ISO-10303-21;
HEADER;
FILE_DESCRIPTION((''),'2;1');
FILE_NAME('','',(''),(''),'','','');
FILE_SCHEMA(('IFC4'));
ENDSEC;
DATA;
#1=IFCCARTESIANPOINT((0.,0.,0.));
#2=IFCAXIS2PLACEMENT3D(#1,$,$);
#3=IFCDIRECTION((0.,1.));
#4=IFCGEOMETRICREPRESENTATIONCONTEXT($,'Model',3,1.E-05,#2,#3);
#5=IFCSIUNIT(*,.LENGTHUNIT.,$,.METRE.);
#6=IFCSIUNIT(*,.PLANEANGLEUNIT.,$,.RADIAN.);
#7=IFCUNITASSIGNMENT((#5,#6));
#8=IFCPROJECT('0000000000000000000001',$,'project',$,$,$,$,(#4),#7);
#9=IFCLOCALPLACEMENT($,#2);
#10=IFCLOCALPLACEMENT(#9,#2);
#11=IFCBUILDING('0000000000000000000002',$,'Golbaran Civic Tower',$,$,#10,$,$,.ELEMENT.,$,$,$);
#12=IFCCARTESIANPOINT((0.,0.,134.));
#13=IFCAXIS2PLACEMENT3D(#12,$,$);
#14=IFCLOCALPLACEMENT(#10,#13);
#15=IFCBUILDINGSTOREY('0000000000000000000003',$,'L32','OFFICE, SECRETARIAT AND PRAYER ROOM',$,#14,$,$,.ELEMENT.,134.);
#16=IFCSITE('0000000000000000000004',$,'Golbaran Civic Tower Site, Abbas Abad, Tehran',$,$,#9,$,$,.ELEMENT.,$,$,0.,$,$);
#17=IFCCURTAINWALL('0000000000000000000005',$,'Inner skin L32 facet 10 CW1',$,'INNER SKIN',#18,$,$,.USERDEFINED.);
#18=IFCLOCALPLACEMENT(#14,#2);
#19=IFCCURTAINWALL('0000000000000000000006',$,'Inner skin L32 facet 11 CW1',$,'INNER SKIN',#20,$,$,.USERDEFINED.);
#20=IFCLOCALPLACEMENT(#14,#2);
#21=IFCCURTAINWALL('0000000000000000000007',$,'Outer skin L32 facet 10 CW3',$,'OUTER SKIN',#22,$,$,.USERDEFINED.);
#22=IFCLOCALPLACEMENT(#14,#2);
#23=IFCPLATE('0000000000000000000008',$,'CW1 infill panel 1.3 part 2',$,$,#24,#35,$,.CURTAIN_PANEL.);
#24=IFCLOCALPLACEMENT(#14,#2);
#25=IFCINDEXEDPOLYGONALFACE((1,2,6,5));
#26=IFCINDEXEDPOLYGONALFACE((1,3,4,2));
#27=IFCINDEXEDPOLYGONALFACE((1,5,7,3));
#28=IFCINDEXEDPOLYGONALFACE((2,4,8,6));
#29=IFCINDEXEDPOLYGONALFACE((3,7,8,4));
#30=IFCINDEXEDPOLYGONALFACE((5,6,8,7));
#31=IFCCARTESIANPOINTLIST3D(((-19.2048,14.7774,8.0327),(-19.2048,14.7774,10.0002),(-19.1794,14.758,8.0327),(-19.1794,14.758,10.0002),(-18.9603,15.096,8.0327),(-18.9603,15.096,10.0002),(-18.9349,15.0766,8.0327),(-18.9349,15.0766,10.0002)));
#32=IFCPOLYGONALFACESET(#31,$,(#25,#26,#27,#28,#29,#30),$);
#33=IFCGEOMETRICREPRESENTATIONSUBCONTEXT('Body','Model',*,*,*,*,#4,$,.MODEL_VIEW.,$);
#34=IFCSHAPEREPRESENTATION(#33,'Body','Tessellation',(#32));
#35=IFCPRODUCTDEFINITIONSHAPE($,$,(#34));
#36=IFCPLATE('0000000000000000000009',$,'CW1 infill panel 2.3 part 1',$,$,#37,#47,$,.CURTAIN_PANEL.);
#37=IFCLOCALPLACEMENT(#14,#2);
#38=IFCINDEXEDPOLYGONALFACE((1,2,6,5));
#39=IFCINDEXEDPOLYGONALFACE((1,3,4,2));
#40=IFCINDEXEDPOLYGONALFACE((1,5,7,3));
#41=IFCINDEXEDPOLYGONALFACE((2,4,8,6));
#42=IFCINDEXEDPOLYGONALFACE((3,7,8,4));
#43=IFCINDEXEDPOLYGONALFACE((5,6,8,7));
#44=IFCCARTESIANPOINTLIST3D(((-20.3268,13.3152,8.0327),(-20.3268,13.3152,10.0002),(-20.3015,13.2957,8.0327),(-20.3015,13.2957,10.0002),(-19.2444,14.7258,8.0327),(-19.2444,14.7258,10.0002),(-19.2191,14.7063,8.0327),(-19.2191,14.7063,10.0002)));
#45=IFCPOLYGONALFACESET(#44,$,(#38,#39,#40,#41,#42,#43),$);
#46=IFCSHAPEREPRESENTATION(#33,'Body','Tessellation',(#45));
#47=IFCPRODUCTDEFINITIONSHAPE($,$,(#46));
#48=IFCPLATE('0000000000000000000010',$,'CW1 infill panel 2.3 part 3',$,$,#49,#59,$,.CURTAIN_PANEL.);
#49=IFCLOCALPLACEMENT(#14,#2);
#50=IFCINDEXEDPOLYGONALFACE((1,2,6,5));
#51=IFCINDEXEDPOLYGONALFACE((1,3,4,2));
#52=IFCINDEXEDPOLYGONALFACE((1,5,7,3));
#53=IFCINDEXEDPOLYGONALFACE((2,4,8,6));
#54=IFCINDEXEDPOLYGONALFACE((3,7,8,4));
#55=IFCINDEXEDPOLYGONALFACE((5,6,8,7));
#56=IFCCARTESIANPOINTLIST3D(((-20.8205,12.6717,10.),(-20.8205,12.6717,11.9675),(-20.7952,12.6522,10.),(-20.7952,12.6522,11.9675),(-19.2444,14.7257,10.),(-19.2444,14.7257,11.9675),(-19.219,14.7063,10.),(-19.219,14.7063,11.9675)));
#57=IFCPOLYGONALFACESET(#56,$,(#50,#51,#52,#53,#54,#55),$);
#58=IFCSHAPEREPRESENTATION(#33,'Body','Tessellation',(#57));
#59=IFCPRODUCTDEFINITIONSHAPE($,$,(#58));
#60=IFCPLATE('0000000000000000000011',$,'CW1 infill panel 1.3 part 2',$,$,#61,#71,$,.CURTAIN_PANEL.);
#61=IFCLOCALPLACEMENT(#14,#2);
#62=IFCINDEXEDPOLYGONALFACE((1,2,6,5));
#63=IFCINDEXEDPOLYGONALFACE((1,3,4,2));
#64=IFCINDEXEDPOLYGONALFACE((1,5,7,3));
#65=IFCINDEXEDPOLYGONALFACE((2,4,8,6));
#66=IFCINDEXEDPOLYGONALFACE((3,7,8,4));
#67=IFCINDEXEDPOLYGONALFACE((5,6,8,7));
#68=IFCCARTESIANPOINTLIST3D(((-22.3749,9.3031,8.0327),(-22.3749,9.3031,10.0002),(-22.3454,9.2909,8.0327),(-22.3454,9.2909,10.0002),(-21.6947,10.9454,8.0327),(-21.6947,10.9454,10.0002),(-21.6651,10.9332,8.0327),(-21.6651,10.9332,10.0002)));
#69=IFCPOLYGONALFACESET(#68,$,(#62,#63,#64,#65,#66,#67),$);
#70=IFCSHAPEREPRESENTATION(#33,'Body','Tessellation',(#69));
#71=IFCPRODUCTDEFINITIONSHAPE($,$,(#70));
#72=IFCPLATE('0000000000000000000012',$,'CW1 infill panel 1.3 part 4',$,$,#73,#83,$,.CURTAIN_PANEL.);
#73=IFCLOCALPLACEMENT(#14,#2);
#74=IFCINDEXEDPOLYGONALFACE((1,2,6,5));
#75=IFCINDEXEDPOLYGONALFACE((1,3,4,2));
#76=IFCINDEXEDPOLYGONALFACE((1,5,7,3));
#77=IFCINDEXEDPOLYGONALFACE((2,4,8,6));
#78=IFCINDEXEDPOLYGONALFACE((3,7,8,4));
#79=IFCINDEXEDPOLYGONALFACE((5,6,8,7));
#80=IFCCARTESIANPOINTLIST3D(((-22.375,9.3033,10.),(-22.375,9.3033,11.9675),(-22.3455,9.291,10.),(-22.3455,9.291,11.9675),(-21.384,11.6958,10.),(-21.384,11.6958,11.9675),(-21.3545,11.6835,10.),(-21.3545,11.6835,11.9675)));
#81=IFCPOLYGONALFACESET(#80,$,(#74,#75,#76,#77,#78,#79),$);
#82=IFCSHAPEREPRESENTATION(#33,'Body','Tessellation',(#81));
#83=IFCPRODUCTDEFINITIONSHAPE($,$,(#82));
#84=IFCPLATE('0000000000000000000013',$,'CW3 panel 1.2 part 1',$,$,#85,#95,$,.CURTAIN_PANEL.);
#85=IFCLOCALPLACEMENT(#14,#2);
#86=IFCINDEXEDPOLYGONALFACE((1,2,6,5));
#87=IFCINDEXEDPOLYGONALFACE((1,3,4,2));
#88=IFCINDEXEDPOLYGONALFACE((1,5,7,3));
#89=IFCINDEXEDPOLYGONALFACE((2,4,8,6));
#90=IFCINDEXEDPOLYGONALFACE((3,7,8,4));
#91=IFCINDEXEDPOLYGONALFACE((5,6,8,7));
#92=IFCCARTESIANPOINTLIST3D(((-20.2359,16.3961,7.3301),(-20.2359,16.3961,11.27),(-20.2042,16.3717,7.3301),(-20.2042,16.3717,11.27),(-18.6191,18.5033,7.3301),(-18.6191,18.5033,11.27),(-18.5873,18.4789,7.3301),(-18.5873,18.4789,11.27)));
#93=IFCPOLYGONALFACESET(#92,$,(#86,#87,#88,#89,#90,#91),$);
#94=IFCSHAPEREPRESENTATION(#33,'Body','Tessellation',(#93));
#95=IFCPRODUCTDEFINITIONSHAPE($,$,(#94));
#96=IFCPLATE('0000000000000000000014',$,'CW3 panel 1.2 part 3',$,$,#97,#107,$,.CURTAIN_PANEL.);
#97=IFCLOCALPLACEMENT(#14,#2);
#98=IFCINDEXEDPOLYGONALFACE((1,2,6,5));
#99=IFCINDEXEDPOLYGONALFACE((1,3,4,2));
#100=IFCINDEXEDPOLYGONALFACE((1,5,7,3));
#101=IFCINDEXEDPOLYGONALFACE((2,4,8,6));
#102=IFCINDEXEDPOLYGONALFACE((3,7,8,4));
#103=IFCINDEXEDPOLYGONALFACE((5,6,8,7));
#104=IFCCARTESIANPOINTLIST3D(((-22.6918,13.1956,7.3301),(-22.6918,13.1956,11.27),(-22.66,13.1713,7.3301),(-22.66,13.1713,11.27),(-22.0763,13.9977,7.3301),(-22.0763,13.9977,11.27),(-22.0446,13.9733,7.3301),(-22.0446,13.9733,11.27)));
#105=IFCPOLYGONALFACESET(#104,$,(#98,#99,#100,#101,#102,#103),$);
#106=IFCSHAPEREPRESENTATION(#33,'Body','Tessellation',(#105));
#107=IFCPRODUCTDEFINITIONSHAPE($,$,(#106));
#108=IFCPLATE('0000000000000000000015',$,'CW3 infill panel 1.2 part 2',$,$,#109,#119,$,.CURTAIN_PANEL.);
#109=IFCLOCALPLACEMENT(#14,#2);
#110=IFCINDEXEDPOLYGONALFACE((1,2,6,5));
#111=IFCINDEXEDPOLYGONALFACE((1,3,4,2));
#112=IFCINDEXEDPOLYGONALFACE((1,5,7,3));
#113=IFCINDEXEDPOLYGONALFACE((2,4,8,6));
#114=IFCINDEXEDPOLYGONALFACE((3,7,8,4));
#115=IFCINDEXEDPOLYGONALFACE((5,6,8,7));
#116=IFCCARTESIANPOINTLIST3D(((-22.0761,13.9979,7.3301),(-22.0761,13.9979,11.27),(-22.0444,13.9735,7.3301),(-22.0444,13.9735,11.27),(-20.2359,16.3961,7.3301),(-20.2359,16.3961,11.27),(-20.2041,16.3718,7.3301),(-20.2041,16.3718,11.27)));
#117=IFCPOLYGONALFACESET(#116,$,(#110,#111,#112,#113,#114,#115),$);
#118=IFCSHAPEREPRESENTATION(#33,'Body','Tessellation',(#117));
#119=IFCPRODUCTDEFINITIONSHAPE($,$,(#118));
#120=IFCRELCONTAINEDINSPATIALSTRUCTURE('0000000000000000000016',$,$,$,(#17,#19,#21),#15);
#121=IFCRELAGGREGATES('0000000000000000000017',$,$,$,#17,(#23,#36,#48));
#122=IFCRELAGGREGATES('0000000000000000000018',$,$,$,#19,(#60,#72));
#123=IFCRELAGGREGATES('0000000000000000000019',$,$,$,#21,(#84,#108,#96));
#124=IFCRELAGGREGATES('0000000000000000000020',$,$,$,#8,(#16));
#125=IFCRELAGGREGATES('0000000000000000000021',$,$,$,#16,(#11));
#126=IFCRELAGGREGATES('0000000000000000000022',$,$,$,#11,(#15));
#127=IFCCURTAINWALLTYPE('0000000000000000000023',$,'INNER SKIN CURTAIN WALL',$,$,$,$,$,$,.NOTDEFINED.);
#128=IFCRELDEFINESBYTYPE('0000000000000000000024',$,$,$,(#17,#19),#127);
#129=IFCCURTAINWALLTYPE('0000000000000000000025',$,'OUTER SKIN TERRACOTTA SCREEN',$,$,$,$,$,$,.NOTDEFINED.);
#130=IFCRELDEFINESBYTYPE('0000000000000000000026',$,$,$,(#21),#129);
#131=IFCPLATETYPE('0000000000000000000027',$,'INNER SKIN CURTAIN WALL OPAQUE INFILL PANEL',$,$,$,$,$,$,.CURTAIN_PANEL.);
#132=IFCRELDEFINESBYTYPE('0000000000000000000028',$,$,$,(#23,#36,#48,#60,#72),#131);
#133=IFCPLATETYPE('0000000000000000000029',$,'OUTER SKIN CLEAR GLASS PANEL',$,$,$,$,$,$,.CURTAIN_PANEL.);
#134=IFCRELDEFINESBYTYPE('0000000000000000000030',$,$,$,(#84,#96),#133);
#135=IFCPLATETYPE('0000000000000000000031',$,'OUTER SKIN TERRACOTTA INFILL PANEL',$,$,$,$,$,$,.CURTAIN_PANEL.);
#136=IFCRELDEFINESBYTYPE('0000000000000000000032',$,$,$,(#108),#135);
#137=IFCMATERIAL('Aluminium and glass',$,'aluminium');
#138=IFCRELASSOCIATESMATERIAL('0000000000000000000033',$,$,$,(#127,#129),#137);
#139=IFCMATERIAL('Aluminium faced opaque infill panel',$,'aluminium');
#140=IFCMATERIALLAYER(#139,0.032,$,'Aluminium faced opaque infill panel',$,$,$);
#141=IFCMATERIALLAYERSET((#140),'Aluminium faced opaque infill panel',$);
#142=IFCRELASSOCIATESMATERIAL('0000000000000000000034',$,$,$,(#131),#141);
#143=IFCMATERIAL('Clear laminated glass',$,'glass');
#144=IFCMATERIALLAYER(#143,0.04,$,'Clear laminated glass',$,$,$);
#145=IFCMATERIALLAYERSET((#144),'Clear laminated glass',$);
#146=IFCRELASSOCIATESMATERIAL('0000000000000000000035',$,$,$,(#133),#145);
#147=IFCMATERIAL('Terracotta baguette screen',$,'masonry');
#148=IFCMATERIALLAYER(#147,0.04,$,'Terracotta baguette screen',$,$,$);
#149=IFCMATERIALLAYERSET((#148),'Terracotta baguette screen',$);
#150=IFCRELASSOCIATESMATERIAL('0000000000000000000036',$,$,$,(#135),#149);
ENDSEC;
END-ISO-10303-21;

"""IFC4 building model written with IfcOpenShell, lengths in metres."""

from ifc_helpers import new_model, si_unit, direction, frame, origin, origin_2d, place, context, subcontext, project, spatial, rectangle, extrude, material, layer, layer_set, type_object, element, aggregate, save


model = new_model("IFC4")

# Units and contexts
model_context = context("Model", 3, precision=1e-05, world=origin(), true_north=direction((0.0, 1.0)))
body_context = subcontext(model_context, "Body", "Model", "MODEL_VIEW")
ifc_project = project(units=[si_unit("LENGTHUNIT", "METRE"), si_unit("PLANEANGLEUNIT", "RADIAN")], contexts=[model_context])

# Site, building, storey
site_placement = place(None, origin())
site = spatial("IfcSite", under=ifc_project, at=site_placement, Name="Golbaran Civic Tower Site, Abbas Abad, Tehran", CompositionType="ELEMENT", RefElevation=0.0)
building_placement = place(site_placement, origin())
building = spatial("IfcBuilding", under=site, at=building_placement, Name="Golbaran Civic Tower", CompositionType="ELEMENT")
storey_placement = place(building_placement, frame((0.0, 0.0, 134.0)))
storey = spatial("IfcBuildingStorey", under=building, at=storey_placement, Name="L32", Description="OFFICE, SECRETARIAT AND PRAYER ROOM", CompositionType="ELEMENT", Elevation=134.0)

# Curtain wall
ifc_material_1 = material(Name="Aluminium and glass", Category="aluminium")
curtain_wall_type_1 = type_object("IfcCurtainWallType", Name="INNER SKIN CURTAIN WALL", PredefinedType="NOTDEFINED", material=ifc_material_1)
curtain_wall_1_placement = place(storey_placement, origin())
curtain_wall_1 = element("IfcCurtainWall", 1, at=curtain_wall_1_placement, inside=storey, type_object=curtain_wall_type_1, Name="Inner skin L32 facet 10 CW1", ObjectType="INNER SKIN", PredefinedType="USERDEFINED")

# Curtain walls
curtain_wall_2_placement = place(storey_placement, origin())
curtain_wall_2 = element("IfcCurtainWall", 2, at=curtain_wall_2_placement, inside=storey, type_object=curtain_wall_type_1, Name="Inner skin L32 facet 11 CW1", ObjectType="INNER SKIN", PredefinedType="USERDEFINED")
curtain_wall_type_2 = type_object("IfcCurtainWallType", Name="OUTER SKIN TERRACOTTA SCREEN", PredefinedType="NOTDEFINED", material=ifc_material_1)
curtain_wall_3_placement = place(storey_placement, origin())
curtain_wall_3 = element("IfcCurtainWall", 3, at=curtain_wall_3_placement, inside=storey, type_object=curtain_wall_type_2, Name="Outer skin L32 facet 10 CW3", ObjectType="OUTER SKIN", PredefinedType="USERDEFINED")

# Plates
ifc_material_2 = material(Name="Aluminium faced opaque infill panel", Category="aluminium")
ifc_layer_1 = layer(ifc_material_2, 0.032, Name="Aluminium faced opaque infill panel")
ifc_layer_set_1 = layer_set([ifc_layer_1], Name="Aluminium faced opaque infill panel")
plate_type_1 = type_object("IfcPlateType", Name="INNER SKIN CURTAIN WALL OPAQUE INFILL PANEL", PredefinedType="CURTAIN_PANEL", material=ifc_layer_set_1)
plate_1_placement = place(storey_placement, frame((-19.0698, 14.927, 8.0327), z_axis=(0.0, 0.0, 1.0), x_axis=(-0.608761, -0.793353, 0.0)))
plate_1 = element("IfcPlate", 4, at=plate_1_placement, type_object=plate_type_1, Name="CW1 infill panel 1.3 part 2", PredefinedType="CURTAIN_PANEL", context=body_context, shape_type="SweptSolid", body=[
    extrude(rectangle(XDim=0.4016, YDim=0.032, at=origin_2d()), origin(), (0.0, 0.0, 1.0), 1.9675),
])
plate_2_placement = place(storey_placement, frame((-19.7729, 14.0107, 8.0327), z_axis=(0.0, 0.0, 1.0), x_axis=(-0.608761, -0.793353, 0.0)))
plate_2 = element("IfcPlate", 5, at=plate_2_placement, type_object=plate_type_1, Name="CW1 infill panel 2.3 part 1", PredefinedType="CURTAIN_PANEL", context=body_context, shape_type="SweptSolid", body=[
    extrude(rectangle(XDim=1.7781, YDim=0.032, at=origin_2d()), origin(), (0.0, 0.0, 1.0), 1.9675),
])
plate_3_placement = place(storey_placement, frame((-20.0198, 13.689, 10.0), z_axis=(0.0, 0.0, 1.0), x_axis=(-0.608761, -0.793353, 0.0)))
plate_3 = element("IfcPlate", 6, at=plate_3_placement, type_object=plate_type_1, Name="CW1 infill panel 2.3 part 3", PredefinedType="CURTAIN_PANEL", context=body_context, shape_type="SweptSolid", body=[
    extrude(rectangle(XDim=2.5891, YDim=0.032, at=origin_2d()), origin(), (0.0, 0.0, 1.0), 1.9675),
])
aggregate(curtain_wall_1, [plate_1, plate_2, plate_3])
plate_4_placement = place(storey_placement, frame((-22.02, 10.1182, 8.0327), z_axis=(0.0, 0.0, 1.0), x_axis=(-0.382683, -0.92388, 0.0)))
plate_4 = element("IfcPlate", 7, at=plate_4_placement, type_object=plate_type_1, Name="CW1 infill panel 1.3 part 2", PredefinedType="CURTAIN_PANEL", context=body_context, shape_type="SweptSolid", body=[
    extrude(rectangle(XDim=1.7776, YDim=0.032, at=origin_2d()), origin(), (0.0, 0.0, 1.0), 1.9675),
])
plate_5_placement = place(storey_placement, frame((-21.8647, 10.4934, 10.0), z_axis=(0.0, 0.0, 1.0), x_axis=(-0.382683, -0.92388, 0.0)))
plate_5 = element("IfcPlate", 8, at=plate_5_placement, type_object=plate_type_1, Name="CW1 infill panel 1.3 part 4", PredefinedType="CURTAIN_PANEL", context=body_context, shape_type="SweptSolid", body=[
    extrude(rectangle(XDim=2.5896, YDim=0.032, at=origin_2d()), origin(), (0.0, 0.0, 1.0), 1.9675),
])
aggregate(curtain_wall_2, [plate_4, plate_5])
ifc_material_3 = material(Name="Clear laminated glass", Category="glass")
ifc_layer_2 = layer(ifc_material_3, 0.04, Name="Clear laminated glass")
ifc_layer_set_2 = layer_set([ifc_layer_2], Name="Clear laminated glass")
plate_type_2 = type_object("IfcPlateType", Name="OUTER SKIN CLEAR GLASS PANEL", PredefinedType="CURTAIN_PANEL", material=ifc_layer_set_2)
plate_6_placement = place(storey_placement, frame((-19.4116, 17.4375, 7.3301), z_axis=(0.0, 0.0, 1.0), x_axis=(-0.608761, -0.793353, 0.0)))
plate_6 = element("IfcPlate", 9, at=plate_6_placement, type_object=plate_type_2, Name="CW3 panel 1.2 part 1", PredefinedType="CURTAIN_PANEL", context=body_context, shape_type="SweptSolid", body=[
    extrude(rectangle(XDim=2.656, YDim=0.04, at=origin_2d()), origin(), (0.0, 0.0, 1.0), 3.9399),
])
plate_7_placement = place(storey_placement, frame((-22.3682, 13.5845, 7.3301), z_axis=(0.0, 0.0, 1.0), x_axis=(-0.608761, -0.793353, 0.0)))
plate_7 = element("IfcPlate", 10, at=plate_7_placement, type_object=plate_type_2, Name="CW3 panel 1.2 part 3", PredefinedType="CURTAIN_PANEL", context=body_context, shape_type="SweptSolid", body=[
    extrude(rectangle(XDim=1.011, YDim=0.04, at=origin_2d()), origin(), (0.0, 0.0, 1.0), 3.9399),
])
ifc_material_4 = material(Name="Terracotta baguette screen", Category="masonry")
ifc_layer_3 = layer(ifc_material_4, 0.04, Name="Terracotta baguette screen")
ifc_layer_set_3 = layer_set([ifc_layer_3], Name="Terracotta baguette screen")
plate_type_3 = type_object("IfcPlateType", Name="OUTER SKIN TERRACOTTA INFILL PANEL", PredefinedType="CURTAIN_PANEL", material=ifc_layer_set_3)
plate_8_placement = place(storey_placement, frame((-21.1401, 15.1848, 7.3301), z_axis=(0.0, 0.0, 1.0), x_axis=(-0.608761, -0.793353, 0.0)))
plate_8 = element("IfcPlate", 11, at=plate_8_placement, type_object=plate_type_3, Name="CW3 infill panel 1.2 part 2", PredefinedType="CURTAIN_PANEL", context=body_context, shape_type="SweptSolid", body=[
    extrude(rectangle(XDim=3.0229, YDim=0.04, at=origin_2d()), origin(), (0.0, 0.0, 1.0), 3.9399),
])
aggregate(curtain_wall_3, [plate_6, plate_8, plate_7])

save(model, "model.ifc")
